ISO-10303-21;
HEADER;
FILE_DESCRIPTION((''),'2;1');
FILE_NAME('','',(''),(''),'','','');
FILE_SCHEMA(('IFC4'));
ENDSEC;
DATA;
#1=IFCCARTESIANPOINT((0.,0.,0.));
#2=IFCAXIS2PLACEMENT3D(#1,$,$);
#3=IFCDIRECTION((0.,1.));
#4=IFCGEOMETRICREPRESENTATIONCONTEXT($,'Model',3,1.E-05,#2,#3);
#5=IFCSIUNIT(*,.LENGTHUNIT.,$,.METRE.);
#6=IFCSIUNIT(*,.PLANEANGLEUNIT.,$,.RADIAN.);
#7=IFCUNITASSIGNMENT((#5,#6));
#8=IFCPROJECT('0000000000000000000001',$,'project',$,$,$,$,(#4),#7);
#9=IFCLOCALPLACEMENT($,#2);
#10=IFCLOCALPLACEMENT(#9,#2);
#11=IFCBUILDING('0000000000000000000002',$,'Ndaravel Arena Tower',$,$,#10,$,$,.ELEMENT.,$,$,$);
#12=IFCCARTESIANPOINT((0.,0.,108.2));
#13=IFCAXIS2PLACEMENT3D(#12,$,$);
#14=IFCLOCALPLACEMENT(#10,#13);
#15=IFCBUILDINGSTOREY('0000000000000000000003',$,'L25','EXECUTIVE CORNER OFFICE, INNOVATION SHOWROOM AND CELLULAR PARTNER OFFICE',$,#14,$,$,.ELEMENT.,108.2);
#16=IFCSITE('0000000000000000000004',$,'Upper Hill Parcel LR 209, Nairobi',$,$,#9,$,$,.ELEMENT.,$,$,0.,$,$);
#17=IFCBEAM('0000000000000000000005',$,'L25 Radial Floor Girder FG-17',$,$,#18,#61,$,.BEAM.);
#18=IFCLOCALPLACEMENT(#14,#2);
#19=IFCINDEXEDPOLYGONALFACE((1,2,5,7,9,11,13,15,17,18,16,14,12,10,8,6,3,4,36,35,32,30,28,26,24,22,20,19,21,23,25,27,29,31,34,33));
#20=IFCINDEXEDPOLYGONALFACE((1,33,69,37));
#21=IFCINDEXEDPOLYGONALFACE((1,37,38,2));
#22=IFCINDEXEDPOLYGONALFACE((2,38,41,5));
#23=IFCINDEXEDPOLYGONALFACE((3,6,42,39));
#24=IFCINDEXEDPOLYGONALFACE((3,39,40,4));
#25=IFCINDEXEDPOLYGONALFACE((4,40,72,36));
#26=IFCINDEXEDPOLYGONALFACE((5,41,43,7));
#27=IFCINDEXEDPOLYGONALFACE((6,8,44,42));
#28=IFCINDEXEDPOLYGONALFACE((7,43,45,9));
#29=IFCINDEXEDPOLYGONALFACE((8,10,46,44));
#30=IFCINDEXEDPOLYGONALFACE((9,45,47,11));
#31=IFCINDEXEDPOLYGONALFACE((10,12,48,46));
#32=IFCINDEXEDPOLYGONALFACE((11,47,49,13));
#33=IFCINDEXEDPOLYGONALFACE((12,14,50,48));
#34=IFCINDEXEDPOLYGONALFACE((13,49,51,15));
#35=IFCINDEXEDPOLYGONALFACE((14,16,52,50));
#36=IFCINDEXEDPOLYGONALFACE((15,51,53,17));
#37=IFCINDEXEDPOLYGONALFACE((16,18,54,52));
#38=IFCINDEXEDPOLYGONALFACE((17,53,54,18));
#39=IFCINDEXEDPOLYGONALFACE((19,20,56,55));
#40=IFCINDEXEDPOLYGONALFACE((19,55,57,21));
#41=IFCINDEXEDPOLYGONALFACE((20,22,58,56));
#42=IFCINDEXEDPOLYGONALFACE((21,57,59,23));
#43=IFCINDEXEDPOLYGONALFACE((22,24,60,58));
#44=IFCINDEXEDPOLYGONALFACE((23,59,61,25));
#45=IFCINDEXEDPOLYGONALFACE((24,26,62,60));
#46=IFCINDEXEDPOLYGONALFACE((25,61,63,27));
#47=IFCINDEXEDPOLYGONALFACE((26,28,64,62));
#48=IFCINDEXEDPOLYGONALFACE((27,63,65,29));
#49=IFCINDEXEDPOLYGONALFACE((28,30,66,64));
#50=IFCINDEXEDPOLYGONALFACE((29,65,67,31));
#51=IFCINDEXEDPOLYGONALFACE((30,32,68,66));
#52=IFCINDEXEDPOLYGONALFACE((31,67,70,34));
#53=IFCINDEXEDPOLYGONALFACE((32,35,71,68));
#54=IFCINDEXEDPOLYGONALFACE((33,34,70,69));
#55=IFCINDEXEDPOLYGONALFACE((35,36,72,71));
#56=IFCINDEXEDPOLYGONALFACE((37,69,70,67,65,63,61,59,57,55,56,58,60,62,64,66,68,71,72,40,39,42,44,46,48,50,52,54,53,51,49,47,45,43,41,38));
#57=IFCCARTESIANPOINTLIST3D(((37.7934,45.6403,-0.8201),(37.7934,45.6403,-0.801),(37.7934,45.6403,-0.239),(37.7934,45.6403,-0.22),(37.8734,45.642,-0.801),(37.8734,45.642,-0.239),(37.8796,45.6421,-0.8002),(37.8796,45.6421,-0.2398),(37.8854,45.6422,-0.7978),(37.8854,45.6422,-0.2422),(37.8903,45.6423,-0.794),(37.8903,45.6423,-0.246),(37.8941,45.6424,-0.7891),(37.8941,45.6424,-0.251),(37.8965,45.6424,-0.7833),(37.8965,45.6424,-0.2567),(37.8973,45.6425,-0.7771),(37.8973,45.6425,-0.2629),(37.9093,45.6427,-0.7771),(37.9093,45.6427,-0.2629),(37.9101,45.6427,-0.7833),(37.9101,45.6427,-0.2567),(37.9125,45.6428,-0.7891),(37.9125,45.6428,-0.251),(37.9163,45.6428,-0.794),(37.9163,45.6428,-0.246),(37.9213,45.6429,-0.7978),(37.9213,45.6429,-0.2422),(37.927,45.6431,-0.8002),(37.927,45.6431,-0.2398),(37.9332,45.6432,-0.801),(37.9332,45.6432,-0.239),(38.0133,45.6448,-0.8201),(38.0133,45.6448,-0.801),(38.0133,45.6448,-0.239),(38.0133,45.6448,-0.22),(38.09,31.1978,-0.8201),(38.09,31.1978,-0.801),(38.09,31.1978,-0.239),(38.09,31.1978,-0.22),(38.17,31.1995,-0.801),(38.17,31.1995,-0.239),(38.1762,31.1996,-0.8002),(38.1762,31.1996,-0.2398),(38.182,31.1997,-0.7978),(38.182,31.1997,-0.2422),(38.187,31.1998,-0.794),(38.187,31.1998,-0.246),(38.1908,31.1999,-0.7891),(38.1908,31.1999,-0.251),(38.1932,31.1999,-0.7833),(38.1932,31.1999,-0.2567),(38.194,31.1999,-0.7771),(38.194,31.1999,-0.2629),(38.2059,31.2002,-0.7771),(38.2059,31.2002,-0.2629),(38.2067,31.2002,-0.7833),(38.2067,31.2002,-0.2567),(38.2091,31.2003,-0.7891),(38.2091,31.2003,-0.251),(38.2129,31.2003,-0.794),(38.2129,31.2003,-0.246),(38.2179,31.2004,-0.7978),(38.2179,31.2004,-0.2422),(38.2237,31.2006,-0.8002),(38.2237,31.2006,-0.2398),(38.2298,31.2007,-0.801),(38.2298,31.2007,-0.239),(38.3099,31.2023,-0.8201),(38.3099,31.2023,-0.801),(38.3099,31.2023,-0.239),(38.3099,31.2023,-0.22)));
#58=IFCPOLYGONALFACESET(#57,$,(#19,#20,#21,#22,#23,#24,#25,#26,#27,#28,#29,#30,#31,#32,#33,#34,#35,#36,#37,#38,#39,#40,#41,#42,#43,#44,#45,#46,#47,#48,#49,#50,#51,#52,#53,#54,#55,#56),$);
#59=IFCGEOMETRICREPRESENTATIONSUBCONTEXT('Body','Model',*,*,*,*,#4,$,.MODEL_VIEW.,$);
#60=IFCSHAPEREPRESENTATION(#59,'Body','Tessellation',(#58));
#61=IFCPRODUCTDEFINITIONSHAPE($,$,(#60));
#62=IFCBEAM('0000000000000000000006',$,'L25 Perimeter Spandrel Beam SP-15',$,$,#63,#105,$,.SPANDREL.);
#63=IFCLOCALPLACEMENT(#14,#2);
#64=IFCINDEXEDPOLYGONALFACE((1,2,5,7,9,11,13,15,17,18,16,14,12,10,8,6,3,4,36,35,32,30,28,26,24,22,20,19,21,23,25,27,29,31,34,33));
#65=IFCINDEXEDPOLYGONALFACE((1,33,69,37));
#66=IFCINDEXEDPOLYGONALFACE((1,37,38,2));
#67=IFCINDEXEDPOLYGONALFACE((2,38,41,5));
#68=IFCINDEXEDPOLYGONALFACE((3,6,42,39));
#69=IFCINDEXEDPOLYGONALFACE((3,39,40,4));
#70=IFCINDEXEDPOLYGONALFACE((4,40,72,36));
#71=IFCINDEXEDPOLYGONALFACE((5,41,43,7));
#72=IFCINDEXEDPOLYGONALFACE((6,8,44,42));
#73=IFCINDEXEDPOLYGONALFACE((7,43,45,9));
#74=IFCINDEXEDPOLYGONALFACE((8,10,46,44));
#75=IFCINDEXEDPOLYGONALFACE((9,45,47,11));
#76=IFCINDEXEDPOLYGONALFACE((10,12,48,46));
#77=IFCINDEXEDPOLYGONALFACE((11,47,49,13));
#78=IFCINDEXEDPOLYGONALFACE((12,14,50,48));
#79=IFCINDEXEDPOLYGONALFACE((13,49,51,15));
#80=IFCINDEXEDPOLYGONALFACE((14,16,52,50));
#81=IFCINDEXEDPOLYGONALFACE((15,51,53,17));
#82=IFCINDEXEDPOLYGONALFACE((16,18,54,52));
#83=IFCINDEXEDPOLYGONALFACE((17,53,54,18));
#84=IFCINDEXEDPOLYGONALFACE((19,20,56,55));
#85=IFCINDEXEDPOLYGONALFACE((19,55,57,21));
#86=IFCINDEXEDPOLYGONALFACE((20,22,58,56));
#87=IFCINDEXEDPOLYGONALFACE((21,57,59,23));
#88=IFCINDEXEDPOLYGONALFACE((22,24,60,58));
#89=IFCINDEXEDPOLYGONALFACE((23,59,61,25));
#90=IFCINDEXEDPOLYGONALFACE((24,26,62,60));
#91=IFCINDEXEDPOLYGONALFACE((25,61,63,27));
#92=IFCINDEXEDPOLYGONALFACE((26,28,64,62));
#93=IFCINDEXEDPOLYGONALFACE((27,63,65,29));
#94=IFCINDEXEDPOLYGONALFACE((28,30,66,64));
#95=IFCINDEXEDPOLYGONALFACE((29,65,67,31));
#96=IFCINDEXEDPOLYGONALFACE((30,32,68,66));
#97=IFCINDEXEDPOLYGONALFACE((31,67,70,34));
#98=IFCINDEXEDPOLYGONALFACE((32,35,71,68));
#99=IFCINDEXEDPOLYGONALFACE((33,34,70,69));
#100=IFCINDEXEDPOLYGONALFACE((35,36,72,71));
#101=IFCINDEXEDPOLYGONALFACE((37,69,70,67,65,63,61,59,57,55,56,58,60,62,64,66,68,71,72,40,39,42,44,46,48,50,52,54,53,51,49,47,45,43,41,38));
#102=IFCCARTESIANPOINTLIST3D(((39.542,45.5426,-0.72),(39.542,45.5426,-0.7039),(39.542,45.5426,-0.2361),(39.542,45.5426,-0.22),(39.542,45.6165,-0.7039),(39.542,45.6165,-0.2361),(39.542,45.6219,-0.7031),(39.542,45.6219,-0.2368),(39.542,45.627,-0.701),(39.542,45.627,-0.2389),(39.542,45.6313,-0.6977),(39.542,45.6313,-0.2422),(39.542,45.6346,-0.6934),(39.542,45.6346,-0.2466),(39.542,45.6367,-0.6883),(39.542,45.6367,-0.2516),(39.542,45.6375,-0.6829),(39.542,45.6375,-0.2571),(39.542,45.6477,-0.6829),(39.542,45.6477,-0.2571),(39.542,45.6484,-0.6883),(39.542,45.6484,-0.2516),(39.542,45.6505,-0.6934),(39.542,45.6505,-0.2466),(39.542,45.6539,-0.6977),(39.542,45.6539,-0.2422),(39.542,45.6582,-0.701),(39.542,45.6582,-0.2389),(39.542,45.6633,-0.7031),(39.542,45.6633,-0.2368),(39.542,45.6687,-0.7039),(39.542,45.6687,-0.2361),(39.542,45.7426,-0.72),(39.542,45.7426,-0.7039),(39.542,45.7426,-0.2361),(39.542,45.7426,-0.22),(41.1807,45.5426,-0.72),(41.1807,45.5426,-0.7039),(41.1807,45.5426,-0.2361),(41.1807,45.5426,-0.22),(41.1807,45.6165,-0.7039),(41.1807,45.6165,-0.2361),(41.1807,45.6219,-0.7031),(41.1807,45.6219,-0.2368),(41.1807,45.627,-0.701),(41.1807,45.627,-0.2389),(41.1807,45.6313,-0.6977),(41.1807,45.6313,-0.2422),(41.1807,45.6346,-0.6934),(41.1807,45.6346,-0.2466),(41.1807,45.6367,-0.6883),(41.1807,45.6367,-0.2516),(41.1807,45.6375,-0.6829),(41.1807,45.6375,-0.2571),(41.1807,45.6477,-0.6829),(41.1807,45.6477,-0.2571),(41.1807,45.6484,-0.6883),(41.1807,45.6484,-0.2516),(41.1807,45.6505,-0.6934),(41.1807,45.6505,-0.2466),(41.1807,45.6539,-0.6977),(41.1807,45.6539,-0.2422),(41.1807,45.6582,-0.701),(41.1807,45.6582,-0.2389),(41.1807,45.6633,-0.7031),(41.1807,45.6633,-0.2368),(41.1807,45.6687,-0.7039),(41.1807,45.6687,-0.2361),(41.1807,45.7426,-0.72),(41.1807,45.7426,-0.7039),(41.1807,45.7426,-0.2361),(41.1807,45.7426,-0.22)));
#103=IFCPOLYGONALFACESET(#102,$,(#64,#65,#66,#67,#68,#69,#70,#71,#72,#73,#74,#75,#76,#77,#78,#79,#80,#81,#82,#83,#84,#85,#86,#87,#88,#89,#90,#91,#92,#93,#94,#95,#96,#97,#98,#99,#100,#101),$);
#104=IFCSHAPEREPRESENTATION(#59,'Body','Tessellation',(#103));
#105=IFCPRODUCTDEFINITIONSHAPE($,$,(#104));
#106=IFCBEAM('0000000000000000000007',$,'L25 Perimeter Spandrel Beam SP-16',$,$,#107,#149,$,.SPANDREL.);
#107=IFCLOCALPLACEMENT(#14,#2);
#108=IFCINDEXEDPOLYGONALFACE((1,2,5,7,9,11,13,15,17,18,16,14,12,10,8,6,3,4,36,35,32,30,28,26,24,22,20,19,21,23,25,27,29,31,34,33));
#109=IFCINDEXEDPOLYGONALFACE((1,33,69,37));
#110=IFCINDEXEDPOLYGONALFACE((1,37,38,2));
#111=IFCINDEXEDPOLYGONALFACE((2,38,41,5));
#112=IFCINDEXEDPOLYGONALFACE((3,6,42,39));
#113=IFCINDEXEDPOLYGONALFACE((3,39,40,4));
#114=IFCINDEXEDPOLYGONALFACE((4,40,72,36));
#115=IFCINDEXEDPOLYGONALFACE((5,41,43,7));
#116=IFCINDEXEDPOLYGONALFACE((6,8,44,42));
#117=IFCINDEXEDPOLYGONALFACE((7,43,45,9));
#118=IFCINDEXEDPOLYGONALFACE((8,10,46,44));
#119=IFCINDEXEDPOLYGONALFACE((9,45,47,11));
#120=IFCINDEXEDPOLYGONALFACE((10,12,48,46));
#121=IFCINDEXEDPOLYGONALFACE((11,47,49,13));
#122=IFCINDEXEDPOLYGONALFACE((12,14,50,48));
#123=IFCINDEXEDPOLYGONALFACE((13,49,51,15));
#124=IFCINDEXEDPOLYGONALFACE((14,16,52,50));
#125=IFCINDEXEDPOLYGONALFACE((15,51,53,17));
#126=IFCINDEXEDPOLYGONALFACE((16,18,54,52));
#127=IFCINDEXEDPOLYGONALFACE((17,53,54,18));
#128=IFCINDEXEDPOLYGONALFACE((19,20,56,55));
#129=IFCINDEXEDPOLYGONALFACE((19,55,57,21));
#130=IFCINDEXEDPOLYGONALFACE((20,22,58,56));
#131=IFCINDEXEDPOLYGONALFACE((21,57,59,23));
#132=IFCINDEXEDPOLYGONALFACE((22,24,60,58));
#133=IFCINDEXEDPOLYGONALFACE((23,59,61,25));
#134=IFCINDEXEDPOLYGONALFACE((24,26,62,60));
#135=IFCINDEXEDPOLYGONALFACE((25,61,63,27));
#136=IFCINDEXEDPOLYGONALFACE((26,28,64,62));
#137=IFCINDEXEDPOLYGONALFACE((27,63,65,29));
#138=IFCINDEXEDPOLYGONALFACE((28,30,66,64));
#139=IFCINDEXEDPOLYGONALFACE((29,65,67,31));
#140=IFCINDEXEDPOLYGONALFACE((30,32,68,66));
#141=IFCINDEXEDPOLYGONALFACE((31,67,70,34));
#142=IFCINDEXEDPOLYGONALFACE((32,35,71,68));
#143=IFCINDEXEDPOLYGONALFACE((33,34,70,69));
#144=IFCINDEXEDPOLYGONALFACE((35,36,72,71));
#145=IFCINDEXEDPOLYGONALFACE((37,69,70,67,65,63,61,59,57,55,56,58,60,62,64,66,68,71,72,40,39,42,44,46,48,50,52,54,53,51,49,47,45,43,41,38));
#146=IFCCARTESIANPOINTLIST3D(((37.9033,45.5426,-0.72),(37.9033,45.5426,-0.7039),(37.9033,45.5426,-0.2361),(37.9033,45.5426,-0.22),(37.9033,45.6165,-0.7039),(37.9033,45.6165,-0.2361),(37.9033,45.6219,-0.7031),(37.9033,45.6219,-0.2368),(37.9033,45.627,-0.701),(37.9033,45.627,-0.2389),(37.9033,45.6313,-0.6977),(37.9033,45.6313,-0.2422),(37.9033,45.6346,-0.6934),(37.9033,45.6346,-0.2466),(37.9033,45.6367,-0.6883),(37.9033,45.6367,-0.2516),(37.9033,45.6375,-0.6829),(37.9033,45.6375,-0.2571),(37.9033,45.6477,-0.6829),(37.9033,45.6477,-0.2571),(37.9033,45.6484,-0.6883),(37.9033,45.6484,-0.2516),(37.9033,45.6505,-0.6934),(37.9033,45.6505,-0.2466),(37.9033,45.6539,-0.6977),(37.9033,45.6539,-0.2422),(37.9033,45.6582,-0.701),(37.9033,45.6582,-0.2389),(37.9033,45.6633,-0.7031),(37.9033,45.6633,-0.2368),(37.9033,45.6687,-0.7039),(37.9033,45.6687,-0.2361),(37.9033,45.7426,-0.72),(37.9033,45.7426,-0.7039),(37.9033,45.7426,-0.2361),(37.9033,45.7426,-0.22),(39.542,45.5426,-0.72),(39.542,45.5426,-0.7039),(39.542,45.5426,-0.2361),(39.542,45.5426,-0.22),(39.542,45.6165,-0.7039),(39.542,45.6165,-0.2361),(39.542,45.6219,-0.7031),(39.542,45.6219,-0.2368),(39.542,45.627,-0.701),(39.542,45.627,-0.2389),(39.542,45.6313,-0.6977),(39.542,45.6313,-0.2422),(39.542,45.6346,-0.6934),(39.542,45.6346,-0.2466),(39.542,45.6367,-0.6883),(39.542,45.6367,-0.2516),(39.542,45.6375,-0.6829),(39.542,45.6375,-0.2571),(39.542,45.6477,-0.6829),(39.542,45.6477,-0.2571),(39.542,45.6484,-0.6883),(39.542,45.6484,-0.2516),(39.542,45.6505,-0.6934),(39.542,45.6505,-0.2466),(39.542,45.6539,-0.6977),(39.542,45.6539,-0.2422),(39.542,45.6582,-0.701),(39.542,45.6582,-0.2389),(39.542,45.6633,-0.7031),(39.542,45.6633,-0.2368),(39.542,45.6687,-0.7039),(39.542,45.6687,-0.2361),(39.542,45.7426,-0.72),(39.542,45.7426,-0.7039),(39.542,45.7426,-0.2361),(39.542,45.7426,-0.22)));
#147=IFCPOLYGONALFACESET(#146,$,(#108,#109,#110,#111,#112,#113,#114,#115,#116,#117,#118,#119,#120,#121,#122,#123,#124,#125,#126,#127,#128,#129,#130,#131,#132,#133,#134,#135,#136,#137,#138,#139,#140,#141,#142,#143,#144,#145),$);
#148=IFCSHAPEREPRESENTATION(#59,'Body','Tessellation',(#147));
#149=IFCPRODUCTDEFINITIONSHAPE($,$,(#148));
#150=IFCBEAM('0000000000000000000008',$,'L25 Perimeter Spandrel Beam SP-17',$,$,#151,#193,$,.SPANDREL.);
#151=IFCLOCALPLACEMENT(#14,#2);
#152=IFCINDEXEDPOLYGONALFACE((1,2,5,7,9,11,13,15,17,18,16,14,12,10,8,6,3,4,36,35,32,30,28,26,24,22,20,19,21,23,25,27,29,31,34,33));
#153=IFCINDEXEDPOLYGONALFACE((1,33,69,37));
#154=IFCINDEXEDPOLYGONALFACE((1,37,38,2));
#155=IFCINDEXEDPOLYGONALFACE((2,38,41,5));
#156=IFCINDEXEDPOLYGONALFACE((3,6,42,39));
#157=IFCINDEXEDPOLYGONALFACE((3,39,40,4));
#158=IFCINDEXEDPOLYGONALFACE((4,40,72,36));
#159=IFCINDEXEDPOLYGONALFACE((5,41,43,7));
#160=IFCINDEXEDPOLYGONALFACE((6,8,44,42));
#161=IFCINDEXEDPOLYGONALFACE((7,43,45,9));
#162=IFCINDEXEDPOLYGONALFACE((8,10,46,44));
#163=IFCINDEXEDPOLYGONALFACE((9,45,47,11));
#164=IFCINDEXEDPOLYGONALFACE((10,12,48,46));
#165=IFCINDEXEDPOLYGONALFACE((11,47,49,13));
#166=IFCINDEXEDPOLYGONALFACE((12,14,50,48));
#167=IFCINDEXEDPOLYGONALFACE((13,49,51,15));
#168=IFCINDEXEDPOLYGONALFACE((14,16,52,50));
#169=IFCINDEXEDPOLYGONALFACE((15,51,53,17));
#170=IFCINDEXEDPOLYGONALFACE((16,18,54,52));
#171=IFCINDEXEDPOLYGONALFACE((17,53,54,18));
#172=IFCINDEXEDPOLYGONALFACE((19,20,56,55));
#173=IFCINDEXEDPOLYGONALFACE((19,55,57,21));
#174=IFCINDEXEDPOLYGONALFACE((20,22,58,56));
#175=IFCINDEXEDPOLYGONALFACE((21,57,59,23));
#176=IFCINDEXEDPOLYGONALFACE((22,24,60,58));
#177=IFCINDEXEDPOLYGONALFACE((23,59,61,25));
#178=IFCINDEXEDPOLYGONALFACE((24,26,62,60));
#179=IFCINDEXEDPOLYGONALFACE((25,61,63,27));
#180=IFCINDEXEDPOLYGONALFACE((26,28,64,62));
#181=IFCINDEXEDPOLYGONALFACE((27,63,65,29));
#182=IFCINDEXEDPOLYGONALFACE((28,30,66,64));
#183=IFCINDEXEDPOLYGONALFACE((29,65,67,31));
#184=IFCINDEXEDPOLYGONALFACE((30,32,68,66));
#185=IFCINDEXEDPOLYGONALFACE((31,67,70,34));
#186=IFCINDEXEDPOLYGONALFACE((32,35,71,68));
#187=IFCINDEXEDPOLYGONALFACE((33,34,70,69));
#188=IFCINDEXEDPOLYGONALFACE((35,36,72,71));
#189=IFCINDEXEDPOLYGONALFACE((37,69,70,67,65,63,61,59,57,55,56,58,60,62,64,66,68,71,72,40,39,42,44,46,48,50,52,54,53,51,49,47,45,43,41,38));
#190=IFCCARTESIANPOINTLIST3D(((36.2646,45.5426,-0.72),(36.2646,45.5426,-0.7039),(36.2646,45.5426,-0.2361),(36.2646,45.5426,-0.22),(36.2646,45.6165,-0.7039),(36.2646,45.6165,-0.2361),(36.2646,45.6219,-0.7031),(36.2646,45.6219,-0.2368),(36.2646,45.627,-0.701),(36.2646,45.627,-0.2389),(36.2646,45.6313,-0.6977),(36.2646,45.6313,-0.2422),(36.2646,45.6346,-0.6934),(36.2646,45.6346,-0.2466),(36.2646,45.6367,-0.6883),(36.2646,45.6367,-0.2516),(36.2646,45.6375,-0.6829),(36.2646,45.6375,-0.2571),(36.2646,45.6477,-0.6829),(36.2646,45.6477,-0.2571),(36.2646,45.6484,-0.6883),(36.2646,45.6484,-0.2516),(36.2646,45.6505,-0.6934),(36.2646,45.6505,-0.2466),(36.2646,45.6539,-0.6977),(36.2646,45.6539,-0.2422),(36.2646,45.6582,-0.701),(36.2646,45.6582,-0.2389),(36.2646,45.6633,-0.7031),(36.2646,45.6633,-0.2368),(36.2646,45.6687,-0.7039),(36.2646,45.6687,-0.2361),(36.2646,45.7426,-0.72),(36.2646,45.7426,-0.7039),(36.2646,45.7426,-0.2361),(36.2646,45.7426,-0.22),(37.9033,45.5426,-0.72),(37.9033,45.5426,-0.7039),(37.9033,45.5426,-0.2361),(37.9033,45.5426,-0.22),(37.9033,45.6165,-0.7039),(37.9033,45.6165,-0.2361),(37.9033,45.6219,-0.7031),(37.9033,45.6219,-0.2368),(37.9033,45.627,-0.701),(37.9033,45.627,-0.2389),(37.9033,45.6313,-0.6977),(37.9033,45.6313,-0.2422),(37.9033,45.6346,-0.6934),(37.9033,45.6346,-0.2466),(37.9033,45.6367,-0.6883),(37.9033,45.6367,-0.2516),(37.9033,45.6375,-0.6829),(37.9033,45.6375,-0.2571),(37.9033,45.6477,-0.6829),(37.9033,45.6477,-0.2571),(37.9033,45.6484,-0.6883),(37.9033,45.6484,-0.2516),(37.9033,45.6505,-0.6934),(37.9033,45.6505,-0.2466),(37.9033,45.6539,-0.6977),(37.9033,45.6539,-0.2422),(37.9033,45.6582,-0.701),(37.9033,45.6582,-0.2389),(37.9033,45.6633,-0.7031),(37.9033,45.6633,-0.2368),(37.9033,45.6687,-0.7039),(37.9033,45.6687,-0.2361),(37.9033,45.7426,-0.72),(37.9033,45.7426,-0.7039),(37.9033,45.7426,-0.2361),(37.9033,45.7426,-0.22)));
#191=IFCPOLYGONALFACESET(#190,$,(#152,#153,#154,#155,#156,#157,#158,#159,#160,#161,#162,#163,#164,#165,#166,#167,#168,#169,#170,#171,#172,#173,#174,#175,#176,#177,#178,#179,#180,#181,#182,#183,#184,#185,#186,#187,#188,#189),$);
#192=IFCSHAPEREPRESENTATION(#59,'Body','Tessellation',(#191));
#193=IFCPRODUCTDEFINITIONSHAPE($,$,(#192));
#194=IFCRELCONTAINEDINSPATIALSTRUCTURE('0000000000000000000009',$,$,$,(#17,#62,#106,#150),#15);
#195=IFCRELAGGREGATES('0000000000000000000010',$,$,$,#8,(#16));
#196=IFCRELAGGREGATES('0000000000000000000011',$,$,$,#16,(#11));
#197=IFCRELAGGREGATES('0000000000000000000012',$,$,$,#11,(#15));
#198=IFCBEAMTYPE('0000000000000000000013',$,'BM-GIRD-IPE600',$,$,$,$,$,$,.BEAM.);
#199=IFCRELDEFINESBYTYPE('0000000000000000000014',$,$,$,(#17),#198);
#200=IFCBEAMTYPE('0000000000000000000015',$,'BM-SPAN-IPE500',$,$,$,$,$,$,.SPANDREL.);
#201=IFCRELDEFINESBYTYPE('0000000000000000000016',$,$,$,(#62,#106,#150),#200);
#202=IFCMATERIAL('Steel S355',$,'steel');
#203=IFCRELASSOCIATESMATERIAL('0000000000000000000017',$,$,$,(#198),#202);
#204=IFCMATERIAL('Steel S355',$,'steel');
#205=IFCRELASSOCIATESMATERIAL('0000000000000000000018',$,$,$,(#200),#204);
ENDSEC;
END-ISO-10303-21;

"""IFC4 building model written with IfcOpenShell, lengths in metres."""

from ifc_helpers import new_model, si_unit, direction, frame, origin, origin_2d, place, context, subcontext, project, spatial, i_section, extrude, material, material_profile, profile_set, type_object, element, save


model = new_model("IFC4")

# Units and contexts
model_context = context("Model", 3, precision=1e-05, world=origin(), true_north=direction((0.0, 1.0)))
body_context = subcontext(model_context, "Body", "Model", "MODEL_VIEW")
ifc_project = project(units=[si_unit("LENGTHUNIT", "METRE"), si_unit("PLANEANGLEUNIT", "RADIAN")], contexts=[model_context])

# Site, building, storey
site_placement = place(None, origin())
site = spatial("IfcSite", under=ifc_project, at=site_placement, Name="Upper Hill Parcel LR 209, Nairobi", CompositionType="ELEMENT", RefElevation=0.0)
building_placement = place(site_placement, origin())
building = spatial("IfcBuilding", under=site, at=building_placement, Name="Ndaravel Arena Tower", CompositionType="ELEMENT")
storey_placement = place(building_placement, frame((0.0, 0.0, 108.2)))
storey = spatial("IfcBuildingStorey", under=building, at=storey_placement, Name="L25", Description="EXECUTIVE CORNER OFFICE, INNOVATION SHOWROOM AND CELLULAR PARTNER OFFICE", CompositionType="ELEMENT", Elevation=108.2)

# Beams
ifc_material_1 = material(Name="Steel S355", Category="steel")
ifc_material_profile_1 = material_profile(ifc_material_1, i_section(OverallWidth=0.22, OverallDepth=0.6001, WebThickness=0.012, FlangeThickness=0.019, FilletRadius=0.0239, at=origin_2d()), Name="IPE 600")
ifc_profile_set_1 = profile_set([ifc_material_profile_1], Name="Steel S355")
beam_type_1 = type_object("IfcBeamType", Name="BM-GIRD-IPE600", PredefinedType="BEAM", material=ifc_profile_set_1)
beam_1_placement = place(storey_placement, frame((37.9033, 45.6426, -0.52), z_axis=(0.020534, -0.999789, 0.0), x_axis=(0.999789, 0.020534, 0.0)))
element("IfcBeam", 1, at=beam_1_placement, inside=storey, type_object=beam_type_1, Name="L25 Radial Floor Girder FG-17", PredefinedType="BEAM", context=body_context, shape_type="SweptSolid", body=[
    extrude(i_section(OverallWidth=0.22, OverallDepth=0.6001, WebThickness=0.012, FlangeThickness=0.019, FilletRadius=0.0239, at=origin_2d()), origin(), (0.0, 0.0, 1.0), 14.4456),
])
ifc_material_2 = material(Name="Steel S355", Category="steel")
ifc_material_profile_2 = material_profile(ifc_material_2, i_section(OverallWidth=0.2, OverallDepth=0.5, WebThickness=0.0103, FlangeThickness=0.0161, FilletRadius=0.021, at=origin_2d()), Name="IPE 500")
ifc_profile_set_2 = profile_set([ifc_material_profile_2], Name="Steel S355")
beam_type_2 = type_object("IfcBeamType", Name="BM-SPAN-IPE500", PredefinedType="SPANDREL", material=ifc_profile_set_2)
for number, where, z_axis, x_axis, name in (
    (2, (41.1807, 45.6426, -0.47), (-1.0, 0.0, 0.0), (0.0, -1.0, 0.0), "L25 Perimeter Spandrel Beam SP-15"),
    (3, (39.542, 45.6426, -0.47), (-1.0, 0.0, 0.0), (0.0, -1.0, 0.0), "L25 Perimeter Spandrel Beam SP-16"),
    (4, (37.9033, 45.6426, -0.47), (-1.0, 0.0, 0.0), (0.0, -1.0, 0.0), "L25 Perimeter Spandrel Beam SP-17"),
):
    element("IfcBeam", number, at=place(storey_placement, frame(where, z_axis=z_axis, x_axis=x_axis)), inside=storey, type_object=beam_type_2, Name=name, PredefinedType="SPANDREL", context=body_context, shape_type="SweptSolid", body=[
        extrude(i_section(OverallWidth=0.2, OverallDepth=0.5, WebThickness=0.0103, FlangeThickness=0.0161, FilletRadius=0.021, at=origin_2d()), origin(), (0.0, 0.0, 1.0), 1.6387),
    ])

save(model, "model.ifc")
